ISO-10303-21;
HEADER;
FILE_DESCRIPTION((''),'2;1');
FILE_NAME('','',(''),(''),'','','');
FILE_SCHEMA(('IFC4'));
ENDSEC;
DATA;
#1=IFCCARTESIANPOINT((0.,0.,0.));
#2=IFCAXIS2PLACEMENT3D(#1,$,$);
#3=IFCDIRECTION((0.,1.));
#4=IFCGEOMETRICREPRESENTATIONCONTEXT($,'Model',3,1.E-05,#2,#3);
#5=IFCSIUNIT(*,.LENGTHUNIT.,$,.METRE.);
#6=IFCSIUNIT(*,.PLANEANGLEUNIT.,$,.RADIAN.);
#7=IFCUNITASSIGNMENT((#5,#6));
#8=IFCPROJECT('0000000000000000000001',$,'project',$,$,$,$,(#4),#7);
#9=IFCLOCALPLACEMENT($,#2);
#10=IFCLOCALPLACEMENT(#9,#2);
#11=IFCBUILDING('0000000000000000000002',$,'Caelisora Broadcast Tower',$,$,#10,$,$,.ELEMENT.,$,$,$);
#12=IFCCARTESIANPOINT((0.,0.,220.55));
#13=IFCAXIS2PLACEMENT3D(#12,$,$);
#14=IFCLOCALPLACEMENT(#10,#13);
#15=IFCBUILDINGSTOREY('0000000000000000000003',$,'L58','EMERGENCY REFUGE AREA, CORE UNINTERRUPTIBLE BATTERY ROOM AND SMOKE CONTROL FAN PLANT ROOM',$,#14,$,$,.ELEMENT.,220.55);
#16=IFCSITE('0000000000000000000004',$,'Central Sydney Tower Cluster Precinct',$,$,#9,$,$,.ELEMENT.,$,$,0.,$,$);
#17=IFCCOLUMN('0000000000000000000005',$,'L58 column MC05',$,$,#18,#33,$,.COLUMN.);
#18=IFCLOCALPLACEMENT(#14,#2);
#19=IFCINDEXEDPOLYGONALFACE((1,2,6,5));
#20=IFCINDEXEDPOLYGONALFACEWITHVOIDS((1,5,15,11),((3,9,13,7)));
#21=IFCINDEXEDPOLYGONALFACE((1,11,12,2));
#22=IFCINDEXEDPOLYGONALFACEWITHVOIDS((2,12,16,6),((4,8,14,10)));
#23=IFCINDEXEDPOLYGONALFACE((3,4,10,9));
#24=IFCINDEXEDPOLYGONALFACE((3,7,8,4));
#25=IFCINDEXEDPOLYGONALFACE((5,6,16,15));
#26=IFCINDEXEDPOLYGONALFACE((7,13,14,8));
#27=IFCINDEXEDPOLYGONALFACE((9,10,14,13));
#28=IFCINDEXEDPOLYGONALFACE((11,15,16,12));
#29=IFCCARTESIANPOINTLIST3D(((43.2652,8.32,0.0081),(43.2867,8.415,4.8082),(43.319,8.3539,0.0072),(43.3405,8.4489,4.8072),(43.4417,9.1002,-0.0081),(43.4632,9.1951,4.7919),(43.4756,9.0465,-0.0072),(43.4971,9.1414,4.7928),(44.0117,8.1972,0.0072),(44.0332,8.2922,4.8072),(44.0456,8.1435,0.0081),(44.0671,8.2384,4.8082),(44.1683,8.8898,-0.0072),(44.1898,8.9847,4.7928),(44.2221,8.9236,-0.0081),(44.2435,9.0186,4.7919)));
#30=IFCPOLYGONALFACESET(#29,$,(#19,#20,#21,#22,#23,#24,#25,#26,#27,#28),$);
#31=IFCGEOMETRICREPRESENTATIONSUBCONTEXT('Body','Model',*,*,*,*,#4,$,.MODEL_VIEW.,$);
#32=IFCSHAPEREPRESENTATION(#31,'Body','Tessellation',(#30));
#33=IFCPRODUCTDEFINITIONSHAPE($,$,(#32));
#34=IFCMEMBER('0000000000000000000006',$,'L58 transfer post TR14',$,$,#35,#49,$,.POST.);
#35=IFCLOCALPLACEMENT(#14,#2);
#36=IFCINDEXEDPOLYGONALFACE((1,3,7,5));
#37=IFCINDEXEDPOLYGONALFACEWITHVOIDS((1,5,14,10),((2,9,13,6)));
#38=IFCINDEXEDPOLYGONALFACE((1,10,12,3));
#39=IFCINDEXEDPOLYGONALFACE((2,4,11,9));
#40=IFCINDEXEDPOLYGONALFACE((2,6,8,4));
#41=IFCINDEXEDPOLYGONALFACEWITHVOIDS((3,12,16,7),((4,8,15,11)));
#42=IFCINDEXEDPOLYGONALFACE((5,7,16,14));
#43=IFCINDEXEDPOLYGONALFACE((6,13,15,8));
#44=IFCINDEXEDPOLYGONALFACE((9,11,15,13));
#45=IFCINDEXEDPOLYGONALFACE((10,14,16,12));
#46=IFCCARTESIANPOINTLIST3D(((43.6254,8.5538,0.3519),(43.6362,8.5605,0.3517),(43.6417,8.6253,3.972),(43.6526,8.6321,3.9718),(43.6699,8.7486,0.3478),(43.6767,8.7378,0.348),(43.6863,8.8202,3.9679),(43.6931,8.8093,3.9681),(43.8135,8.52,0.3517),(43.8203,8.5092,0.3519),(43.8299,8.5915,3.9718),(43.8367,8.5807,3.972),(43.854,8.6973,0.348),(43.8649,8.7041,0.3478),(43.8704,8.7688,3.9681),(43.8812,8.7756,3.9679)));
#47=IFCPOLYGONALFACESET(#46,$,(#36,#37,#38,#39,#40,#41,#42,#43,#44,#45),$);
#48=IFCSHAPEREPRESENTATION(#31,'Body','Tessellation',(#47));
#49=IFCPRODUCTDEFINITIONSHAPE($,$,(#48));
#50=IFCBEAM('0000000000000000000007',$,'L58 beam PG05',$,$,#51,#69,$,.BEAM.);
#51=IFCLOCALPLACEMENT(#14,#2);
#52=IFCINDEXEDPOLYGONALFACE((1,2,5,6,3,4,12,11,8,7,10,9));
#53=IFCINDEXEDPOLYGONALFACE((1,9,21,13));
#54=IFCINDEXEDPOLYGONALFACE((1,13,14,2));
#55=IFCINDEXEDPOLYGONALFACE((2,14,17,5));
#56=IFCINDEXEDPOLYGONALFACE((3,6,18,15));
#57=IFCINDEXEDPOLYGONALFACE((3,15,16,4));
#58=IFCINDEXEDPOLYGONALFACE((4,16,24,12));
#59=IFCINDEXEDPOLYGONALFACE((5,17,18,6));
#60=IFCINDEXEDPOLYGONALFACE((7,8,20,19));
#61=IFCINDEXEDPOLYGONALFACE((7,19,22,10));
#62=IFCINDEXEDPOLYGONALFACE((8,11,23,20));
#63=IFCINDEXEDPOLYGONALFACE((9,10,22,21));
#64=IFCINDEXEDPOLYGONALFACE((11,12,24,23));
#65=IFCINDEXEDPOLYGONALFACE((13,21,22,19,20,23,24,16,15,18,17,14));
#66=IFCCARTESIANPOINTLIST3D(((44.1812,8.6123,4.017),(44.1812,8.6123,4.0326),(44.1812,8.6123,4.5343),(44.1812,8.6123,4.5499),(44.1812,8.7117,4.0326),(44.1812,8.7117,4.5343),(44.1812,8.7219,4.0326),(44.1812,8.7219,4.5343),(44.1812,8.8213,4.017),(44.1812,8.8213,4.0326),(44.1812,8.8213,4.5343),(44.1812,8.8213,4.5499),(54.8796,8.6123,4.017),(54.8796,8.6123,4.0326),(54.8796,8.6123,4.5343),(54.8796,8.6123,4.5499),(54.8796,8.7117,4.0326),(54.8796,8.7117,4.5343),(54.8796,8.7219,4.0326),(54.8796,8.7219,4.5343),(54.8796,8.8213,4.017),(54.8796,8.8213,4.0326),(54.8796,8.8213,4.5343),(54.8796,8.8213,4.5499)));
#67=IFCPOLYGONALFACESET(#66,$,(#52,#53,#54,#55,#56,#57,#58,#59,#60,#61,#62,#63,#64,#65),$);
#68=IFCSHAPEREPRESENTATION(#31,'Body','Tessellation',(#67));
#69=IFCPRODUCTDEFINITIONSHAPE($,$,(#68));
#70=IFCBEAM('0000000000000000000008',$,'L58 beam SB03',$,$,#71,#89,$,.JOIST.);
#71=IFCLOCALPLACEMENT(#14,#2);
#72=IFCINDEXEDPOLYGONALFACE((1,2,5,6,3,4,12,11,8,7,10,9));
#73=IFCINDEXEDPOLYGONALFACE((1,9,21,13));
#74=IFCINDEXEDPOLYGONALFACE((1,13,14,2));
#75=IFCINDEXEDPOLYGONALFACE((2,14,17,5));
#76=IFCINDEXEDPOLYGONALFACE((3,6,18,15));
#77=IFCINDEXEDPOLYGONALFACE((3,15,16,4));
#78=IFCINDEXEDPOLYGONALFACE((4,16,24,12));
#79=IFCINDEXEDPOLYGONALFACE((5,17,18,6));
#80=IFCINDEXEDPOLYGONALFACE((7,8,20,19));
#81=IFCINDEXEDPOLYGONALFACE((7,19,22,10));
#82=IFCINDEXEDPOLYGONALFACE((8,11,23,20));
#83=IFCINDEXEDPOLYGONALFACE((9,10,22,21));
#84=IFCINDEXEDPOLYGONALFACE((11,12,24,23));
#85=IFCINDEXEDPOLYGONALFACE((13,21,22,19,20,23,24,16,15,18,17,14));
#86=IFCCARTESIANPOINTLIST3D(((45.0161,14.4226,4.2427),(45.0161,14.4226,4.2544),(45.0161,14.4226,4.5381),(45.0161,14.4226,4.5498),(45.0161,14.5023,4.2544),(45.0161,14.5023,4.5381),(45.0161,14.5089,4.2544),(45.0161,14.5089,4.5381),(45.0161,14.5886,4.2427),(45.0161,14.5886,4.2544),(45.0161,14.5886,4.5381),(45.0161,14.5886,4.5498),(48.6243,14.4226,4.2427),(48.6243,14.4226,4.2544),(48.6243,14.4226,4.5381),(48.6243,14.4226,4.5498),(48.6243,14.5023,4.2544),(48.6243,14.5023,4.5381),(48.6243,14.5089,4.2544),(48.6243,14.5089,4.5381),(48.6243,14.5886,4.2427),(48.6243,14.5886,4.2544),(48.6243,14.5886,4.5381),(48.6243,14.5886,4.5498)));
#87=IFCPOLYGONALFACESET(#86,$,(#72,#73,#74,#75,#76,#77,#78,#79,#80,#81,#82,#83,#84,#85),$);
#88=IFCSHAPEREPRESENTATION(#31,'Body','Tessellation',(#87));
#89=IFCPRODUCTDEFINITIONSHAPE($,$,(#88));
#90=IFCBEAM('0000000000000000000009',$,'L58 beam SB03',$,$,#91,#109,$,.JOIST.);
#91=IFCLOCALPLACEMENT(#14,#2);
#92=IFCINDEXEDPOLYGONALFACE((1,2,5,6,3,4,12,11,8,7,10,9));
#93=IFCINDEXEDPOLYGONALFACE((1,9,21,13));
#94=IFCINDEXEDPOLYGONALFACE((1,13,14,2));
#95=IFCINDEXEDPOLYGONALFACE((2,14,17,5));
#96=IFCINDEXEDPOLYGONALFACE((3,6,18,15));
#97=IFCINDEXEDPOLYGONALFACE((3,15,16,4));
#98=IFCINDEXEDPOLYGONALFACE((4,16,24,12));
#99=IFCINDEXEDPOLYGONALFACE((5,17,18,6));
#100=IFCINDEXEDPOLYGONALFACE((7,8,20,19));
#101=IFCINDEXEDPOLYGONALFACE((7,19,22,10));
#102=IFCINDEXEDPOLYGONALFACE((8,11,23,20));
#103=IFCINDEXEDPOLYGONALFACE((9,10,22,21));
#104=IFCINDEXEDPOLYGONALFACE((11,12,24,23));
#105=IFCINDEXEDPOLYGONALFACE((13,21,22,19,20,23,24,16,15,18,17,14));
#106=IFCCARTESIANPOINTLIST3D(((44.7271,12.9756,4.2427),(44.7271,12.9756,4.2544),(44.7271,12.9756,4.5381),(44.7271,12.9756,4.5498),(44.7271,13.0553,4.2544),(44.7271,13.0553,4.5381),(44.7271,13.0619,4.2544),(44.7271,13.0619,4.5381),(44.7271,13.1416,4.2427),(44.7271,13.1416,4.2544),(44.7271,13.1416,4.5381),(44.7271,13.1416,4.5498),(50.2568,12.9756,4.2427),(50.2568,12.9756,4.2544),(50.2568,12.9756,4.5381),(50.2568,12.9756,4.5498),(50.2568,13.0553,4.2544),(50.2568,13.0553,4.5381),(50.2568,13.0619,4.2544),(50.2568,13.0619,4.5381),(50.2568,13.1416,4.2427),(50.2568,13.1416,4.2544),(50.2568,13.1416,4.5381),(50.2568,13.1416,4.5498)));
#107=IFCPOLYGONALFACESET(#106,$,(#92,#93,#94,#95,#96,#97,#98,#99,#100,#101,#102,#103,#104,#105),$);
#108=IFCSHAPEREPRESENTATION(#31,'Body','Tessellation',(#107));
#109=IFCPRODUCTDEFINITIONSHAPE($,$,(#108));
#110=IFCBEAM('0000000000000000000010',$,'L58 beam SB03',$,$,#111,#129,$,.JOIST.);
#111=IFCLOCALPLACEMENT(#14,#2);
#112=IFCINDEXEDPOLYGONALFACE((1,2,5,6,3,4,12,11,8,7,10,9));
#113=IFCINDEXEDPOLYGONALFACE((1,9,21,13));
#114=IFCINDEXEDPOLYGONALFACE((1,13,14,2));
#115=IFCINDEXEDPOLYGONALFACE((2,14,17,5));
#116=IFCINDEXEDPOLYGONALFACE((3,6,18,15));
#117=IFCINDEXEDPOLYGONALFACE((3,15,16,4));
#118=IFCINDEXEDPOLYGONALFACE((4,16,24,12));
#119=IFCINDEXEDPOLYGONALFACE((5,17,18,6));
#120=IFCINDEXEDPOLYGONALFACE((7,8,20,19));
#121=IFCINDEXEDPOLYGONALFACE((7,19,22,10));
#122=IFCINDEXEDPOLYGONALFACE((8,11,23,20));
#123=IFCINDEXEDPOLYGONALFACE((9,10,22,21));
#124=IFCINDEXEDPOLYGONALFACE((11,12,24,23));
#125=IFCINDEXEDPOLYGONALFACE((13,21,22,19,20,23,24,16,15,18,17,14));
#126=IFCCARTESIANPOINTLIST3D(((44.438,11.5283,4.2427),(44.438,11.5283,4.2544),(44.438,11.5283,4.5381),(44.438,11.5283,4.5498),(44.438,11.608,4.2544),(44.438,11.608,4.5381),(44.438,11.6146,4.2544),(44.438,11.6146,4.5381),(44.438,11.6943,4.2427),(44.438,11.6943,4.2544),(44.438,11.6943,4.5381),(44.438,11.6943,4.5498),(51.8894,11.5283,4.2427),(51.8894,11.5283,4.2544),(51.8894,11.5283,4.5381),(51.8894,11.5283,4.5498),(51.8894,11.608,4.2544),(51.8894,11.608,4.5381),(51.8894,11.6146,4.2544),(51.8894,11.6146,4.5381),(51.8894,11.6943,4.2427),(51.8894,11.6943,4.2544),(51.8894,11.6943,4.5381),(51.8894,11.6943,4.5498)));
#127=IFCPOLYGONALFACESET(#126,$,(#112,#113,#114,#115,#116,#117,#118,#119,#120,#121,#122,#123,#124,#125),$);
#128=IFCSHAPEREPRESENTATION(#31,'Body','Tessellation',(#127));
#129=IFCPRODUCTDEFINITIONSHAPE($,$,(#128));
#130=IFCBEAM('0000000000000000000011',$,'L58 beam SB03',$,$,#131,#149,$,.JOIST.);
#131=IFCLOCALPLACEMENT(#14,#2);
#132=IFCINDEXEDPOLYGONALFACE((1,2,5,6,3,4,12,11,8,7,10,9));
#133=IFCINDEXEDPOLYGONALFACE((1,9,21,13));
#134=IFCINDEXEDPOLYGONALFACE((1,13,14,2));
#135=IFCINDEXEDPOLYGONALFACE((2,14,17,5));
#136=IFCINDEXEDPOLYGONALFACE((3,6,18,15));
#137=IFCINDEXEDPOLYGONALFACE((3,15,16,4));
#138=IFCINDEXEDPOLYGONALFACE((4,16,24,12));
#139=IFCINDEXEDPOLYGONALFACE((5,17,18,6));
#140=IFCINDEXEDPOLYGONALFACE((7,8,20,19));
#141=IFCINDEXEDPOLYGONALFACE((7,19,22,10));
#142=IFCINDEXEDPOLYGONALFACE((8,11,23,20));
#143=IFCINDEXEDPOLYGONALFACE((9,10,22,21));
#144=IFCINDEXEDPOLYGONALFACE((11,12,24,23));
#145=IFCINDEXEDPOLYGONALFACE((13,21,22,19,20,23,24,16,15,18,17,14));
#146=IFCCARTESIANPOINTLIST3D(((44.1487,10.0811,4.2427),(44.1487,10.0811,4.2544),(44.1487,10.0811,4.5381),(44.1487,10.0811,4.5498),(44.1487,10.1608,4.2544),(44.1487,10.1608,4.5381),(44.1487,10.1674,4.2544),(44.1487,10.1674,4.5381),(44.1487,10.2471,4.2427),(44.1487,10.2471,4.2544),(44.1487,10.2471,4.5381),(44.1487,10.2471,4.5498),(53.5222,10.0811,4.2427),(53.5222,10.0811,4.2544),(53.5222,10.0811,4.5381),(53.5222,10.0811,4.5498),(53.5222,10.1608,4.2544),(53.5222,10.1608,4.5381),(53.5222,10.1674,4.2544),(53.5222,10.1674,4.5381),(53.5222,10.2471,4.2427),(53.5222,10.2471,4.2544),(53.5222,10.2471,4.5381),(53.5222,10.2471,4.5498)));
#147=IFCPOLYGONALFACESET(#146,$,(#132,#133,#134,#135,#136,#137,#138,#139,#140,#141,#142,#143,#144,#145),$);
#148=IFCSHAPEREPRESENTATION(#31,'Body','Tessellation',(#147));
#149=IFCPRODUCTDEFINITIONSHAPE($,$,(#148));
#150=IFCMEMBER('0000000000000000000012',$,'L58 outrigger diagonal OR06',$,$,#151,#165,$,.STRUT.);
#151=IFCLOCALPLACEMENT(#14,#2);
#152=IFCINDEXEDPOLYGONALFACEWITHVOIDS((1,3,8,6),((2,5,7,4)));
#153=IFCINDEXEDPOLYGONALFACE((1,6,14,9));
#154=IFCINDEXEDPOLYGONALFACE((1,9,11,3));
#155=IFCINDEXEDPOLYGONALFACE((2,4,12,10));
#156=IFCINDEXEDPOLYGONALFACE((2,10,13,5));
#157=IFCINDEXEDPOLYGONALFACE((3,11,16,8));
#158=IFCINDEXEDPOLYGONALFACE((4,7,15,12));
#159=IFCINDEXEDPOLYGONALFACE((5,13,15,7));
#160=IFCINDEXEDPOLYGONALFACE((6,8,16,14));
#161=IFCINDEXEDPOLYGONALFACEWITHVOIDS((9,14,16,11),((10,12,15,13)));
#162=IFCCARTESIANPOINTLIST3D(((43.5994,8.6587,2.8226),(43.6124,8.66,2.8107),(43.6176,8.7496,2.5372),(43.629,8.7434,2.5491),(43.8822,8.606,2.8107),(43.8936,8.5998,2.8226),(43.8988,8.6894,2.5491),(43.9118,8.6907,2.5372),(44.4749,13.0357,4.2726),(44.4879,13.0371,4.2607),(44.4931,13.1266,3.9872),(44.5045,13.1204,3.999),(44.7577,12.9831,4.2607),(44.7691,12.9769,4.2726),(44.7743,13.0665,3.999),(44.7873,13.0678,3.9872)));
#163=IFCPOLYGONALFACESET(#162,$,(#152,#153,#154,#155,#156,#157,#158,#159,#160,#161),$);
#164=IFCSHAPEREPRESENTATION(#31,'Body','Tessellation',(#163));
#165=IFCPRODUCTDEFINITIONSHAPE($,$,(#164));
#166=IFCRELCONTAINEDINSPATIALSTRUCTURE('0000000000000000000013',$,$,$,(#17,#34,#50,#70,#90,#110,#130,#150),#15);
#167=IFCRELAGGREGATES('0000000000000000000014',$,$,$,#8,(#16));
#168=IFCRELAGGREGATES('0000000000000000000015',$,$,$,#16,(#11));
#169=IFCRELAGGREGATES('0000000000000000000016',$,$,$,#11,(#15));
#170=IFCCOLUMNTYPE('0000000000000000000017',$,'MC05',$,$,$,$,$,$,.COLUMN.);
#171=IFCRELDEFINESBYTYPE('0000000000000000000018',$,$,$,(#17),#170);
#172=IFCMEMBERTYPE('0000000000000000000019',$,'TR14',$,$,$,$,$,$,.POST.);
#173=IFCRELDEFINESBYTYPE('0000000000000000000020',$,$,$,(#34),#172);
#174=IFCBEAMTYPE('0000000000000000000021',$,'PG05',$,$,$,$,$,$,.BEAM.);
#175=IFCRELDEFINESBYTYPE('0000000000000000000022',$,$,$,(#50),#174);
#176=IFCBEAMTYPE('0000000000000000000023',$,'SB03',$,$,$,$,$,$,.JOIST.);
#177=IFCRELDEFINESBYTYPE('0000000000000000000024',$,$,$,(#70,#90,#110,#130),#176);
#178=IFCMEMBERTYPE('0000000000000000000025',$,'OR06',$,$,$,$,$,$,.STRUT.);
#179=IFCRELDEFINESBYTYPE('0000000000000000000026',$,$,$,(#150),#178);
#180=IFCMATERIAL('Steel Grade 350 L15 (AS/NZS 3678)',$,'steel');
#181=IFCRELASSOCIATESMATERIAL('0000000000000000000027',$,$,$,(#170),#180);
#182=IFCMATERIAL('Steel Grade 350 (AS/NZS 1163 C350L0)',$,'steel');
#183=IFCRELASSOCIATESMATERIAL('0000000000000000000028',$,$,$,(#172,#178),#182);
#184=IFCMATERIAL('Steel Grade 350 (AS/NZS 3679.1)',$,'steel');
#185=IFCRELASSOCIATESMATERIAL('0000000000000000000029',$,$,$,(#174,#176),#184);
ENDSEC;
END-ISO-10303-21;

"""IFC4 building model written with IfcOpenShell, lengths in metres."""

from ifc_helpers import new_model, si_unit, direction, frame, origin, origin_2d, place, context, subcontext, project, spatial, hollow_rectangle, i_section, extrude, source, transform, mapped, material, material_profile, profile_set, type_object, type_shapes, element, save


model = new_model("IFC4")

# Units and contexts
model_context = context("Model", 3, precision=1e-05, world=origin(), true_north=direction((0.0, 1.0)))
body_context = subcontext(model_context, "Body", "Model", "MODEL_VIEW")
ifc_project = project(units=[si_unit("LENGTHUNIT", "METRE"), si_unit("PLANEANGLEUNIT", "RADIAN")], contexts=[model_context])

# Site, building, storey
site_placement = place(None, origin())
site = spatial("IfcSite", under=ifc_project, at=site_placement, Name="Central Sydney Tower Cluster Precinct", CompositionType="ELEMENT", RefElevation=0.0)
building_placement = place(site_placement, origin())
building = spatial("IfcBuilding", under=site, at=building_placement, Name="Caelisora Broadcast Tower", CompositionType="ELEMENT")
storey_placement = place(building_placement, frame((0.0, 0.0, 220.55)))
storey = spatial("IfcBuildingStorey", under=building, at=storey_placement, Name="L58", Description="EMERGENCY REFUGE AREA, CORE UNINTERRUPTIBLE BATTERY ROOM AND SMOKE CONTROL FAN PLANT ROOM", CompositionType="ELEMENT", Elevation=220.55)

# Column
ifc_material_1 = material(Name="Steel Grade 350 L15 (AS/NZS 3678)", Category="steel")
ifc_material_profile_1 = material_profile(ifc_material_1, hollow_rectangle(XDim=0.8, YDim=0.8, WallThickness=0.0449, at=origin_2d()), Name="Steel Grade 350 L15 (AS/NZS 3678)")
ifc_profile_set_1 = profile_set([ifc_material_profile_1], Name="Steel Grade 350 L15 (AS/NZS 3678)")
column_type = type_object("IfcColumnType", Name="MC05", PredefinedType="COLUMN", material=ifc_profile_set_1)
shared_shape_1 = source(origin(), body_context, "Body", "SweptSolid", [
    extrude(hollow_rectangle(XDim=0.8, YDim=0.8, WallThickness=0.0449, at=origin_2d()), origin(), (0.0, 0.0, 1.0), 4.801),
])
type_shapes(column_type, [shared_shape_1])
column_placement = place(storey_placement, frame((43.7437, 8.6218, 0.0), z_axis=(0.004475, 0.019781, 0.999794), x_axis=(-0.975354, 0.220646, 0.0)))
element("IfcColumn", 1, at=column_placement, inside=storey, type_object=column_type, Name="L58 column MC05", PredefinedType="COLUMN", context=body_context, shape_type="MappedRepresentation", body=[
    mapped(shared_shape_1, transform((0.0, 0.0, 0.0), scale=1.0)),
])

# Member
ifc_material_2 = material(Name="Steel Grade 350 (AS/NZS 1163 C350L0)", Category="steel")
ifc_material_profile_2 = material_profile(ifc_material_2, hollow_rectangle(XDim=0.2, YDim=0.2, WallThickness=0.009, at=origin_2d()), Name="Steel Grade 350 (AS/NZS 1163 C350L0)")
ifc_profile_set_2 = profile_set([ifc_material_profile_2], Name="Steel Grade 350 (AS/NZS 1163 C350L0)")
member_type_1 = type_object("IfcMemberType", Name="TR14", PredefinedType="POST", material=ifc_profile_set_2)
shared_shape_2 = source(origin(), body_context, "Body", "SweptSolid", [
    extrude(hollow_rectangle(XDim=0.2, YDim=0.2, WallThickness=0.009, at=origin_2d()), origin(), (0.0, 0.0, 1.0), 3.6208),
])
type_shapes(member_type_1, [shared_shape_2])
member_1_placement = place(storey_placement, frame((43.7451, 8.6289, 0.3499), z_axis=(0.004518, 0.019756, 0.999795), x_axis=(-0.974838, 0.222915, 0.0)))
element("IfcMember", 2, at=member_1_placement, inside=storey, type_object=member_type_1, Name="L58 transfer post TR14", PredefinedType="POST", context=body_context, shape_type="MappedRepresentation", body=[
    mapped(shared_shape_2, transform((0.0, 0.0, 0.0), scale=1.0)),
])

# Beams
ifc_material_3 = material(Name="Steel Grade 350 (AS/NZS 3679.1)", Category="steel")
ifc_material_profile_3 = material_profile(ifc_material_3, i_section(OverallWidth=0.209, OverallDepth=0.533, WebThickness=0.0103, FlangeThickness=0.0156, at=origin_2d()), Name="Steel Grade 350 (AS/NZS 3679.1)")
ifc_profile_set_3 = profile_set([ifc_material_profile_3], Name="Steel Grade 350 (AS/NZS 3679.1)")
beam_type_1 = type_object("IfcBeamType", Name="PG05", PredefinedType="BEAM", material=ifc_profile_set_3)
shared_shape_3 = source(origin(), body_context, "Body", "SweptSolid", [
    extrude(i_section(OverallWidth=0.209, OverallDepth=0.533, WebThickness=0.0103, FlangeThickness=0.0156, at=origin_2d()), origin(), (0.0, 0.0, 1.0), 10.6985),
])
type_shapes(beam_type_1, [shared_shape_3])
beam_1_placement = place(storey_placement, frame((44.1812, 8.7168, 4.2834), z_axis=(1.0, 0.0, 0.0), x_axis=(0.0, 1.0, 0.0)))
element("IfcBeam", 3, at=beam_1_placement, inside=storey, type_object=beam_type_1, Name="L58 beam PG05", PredefinedType="BEAM", context=body_context, shape_type="MappedRepresentation", body=[
    mapped(shared_shape_3, transform((0.0, 0.0, 0.0), scale=1.0)),
])
ifc_material_profile_4 = material_profile(ifc_material_3, i_section(OverallWidth=0.166, OverallDepth=0.3071, WebThickness=0.0066, FlangeThickness=0.0117, at=origin_2d()), Name="Steel Grade 350 (AS/NZS 3679.1)")
ifc_profile_set_4 = profile_set([ifc_material_profile_4], Name="Steel Grade 350 (AS/NZS 3679.1)")
beam_type_2 = type_object("IfcBeamType", Name="SB03", PredefinedType="JOIST", material=ifc_profile_set_4)
shared_shape_4 = source(origin(), body_context, "Body", "SweptSolid", [
    extrude(i_section(OverallWidth=0.166, OverallDepth=0.3071, WebThickness=0.0066, FlangeThickness=0.0117, at=origin_2d()), origin(), (0.0, 0.0, 1.0), 3.6082),
])
beam_2_placement = place(storey_placement, frame((45.0161, 14.5056, 4.3962), z_axis=(1.0, 0.0, 0.0), x_axis=(0.0, 1.0, 0.0)))
element("IfcBeam", 4, at=beam_2_placement, inside=storey, type_object=beam_type_2, Name="L58 beam SB03", PredefinedType="JOIST", context=body_context, shape_type="MappedRepresentation", body=[
    mapped(shared_shape_4, transform((0.0, 0.0, 0.0), scale=1.0)),
])
shared_shape_5 = source(origin(), body_context, "Body", "SweptSolid", [
    extrude(i_section(OverallWidth=0.166, OverallDepth=0.3071, WebThickness=0.0066, FlangeThickness=0.0117, at=origin_2d()), origin(), (0.0, 0.0, 1.0), 5.5298),
])
beam_3_placement = place(storey_placement, frame((44.7271, 13.0586, 4.3962), z_axis=(1.0, 0.0, 0.0), x_axis=(0.0, 1.0, 0.0)))
element("IfcBeam", 5, at=beam_3_placement, inside=storey, type_object=beam_type_2, Name="L58 beam SB03", PredefinedType="JOIST", context=body_context, shape_type="MappedRepresentation", body=[
    mapped(shared_shape_5, transform((0.0, 0.0, 0.0), scale=1.0)),
])
shared_shape_6 = source(origin(), body_context, "Body", "SweptSolid", [
    extrude(i_section(OverallWidth=0.166, OverallDepth=0.3071, WebThickness=0.0066, FlangeThickness=0.0117, at=origin_2d()), origin(), (0.0, 0.0, 1.0), 7.4514),
])
beam_4_placement = place(storey_placement, frame((44.438, 11.6113, 4.3962), z_axis=(1.0, 0.0, 0.0), x_axis=(0.0, 1.0, 0.0)))
element("IfcBeam", 6, at=beam_4_placement, inside=storey, type_object=beam_type_2, Name="L58 beam SB03", PredefinedType="JOIST", context=body_context, shape_type="MappedRepresentation", body=[
    mapped(shared_shape_6, transform((0.0, 0.0, 0.0), scale=1.0)),
])
shared_shape_7 = source(origin(), body_context, "Body", "SweptSolid", [
    extrude(i_section(OverallWidth=0.166, OverallDepth=0.3071, WebThickness=0.0066, FlangeThickness=0.0117, at=origin_2d()), origin(), (0.0, 0.0, 1.0), 9.3735),
])
type_shapes(beam_type_2, [shared_shape_4, shared_shape_5, shared_shape_6, shared_shape_7])
beam_5_placement = place(storey_placement, frame((44.1487, 10.1641, 4.3962), z_axis=(1.0, 0.0, 0.0), x_axis=(0.0, 1.0, 0.0)))
element("IfcBeam", 7, at=beam_5_placement, inside=storey, type_object=beam_type_2, Name="L58 beam SB03", PredefinedType="JOIST", context=body_context, shape_type="MappedRepresentation", body=[
    mapped(shared_shape_7, transform((0.0, 0.0, 0.0), scale=1.0)),
])

# Member
ifc_material_profile_5 = material_profile(ifc_material_2, hollow_rectangle(XDim=0.3, YDim=0.3, WallThickness=0.0125, at=origin_2d()), Name="Steel Grade 350 (AS/NZS 1163 C350L0)")
ifc_profile_set_5 = profile_set([ifc_material_profile_5], Name="Steel Grade 350 (AS/NZS 1163 C350L0)")
member_type_2 = type_object("IfcMemberType", Name="OR06", PredefinedType="STRUT", material=ifc_profile_set_5)
shared_shape_8 = source(origin(), body_context, "Body", "SweptSolid", [
    extrude(hollow_rectangle(XDim=0.3, YDim=0.3, WallThickness=0.0125, at=origin_2d()), origin(), (0.0, 0.0, 1.0), 4.6934),
])
member_2_placement = place(storey_placement, frame((44.6311, 13.0518, 4.1299), z_axis=(-0.186542, -0.932607, -0.308944), x_axis=(0.980576, -0.196137, 0.0)))
element("IfcMember", 8, at=member_2_placement, inside=storey, type_object=member_type_2, Name="L58 outrigger diagonal OR06", PredefinedType="STRUT", context=body_context, shape_type="MappedRepresentation", body=[
    mapped(shared_shape_8, transform((0.0, 0.0, 0.0), scale=1.0)),
])

save(model, "model.ifc")
